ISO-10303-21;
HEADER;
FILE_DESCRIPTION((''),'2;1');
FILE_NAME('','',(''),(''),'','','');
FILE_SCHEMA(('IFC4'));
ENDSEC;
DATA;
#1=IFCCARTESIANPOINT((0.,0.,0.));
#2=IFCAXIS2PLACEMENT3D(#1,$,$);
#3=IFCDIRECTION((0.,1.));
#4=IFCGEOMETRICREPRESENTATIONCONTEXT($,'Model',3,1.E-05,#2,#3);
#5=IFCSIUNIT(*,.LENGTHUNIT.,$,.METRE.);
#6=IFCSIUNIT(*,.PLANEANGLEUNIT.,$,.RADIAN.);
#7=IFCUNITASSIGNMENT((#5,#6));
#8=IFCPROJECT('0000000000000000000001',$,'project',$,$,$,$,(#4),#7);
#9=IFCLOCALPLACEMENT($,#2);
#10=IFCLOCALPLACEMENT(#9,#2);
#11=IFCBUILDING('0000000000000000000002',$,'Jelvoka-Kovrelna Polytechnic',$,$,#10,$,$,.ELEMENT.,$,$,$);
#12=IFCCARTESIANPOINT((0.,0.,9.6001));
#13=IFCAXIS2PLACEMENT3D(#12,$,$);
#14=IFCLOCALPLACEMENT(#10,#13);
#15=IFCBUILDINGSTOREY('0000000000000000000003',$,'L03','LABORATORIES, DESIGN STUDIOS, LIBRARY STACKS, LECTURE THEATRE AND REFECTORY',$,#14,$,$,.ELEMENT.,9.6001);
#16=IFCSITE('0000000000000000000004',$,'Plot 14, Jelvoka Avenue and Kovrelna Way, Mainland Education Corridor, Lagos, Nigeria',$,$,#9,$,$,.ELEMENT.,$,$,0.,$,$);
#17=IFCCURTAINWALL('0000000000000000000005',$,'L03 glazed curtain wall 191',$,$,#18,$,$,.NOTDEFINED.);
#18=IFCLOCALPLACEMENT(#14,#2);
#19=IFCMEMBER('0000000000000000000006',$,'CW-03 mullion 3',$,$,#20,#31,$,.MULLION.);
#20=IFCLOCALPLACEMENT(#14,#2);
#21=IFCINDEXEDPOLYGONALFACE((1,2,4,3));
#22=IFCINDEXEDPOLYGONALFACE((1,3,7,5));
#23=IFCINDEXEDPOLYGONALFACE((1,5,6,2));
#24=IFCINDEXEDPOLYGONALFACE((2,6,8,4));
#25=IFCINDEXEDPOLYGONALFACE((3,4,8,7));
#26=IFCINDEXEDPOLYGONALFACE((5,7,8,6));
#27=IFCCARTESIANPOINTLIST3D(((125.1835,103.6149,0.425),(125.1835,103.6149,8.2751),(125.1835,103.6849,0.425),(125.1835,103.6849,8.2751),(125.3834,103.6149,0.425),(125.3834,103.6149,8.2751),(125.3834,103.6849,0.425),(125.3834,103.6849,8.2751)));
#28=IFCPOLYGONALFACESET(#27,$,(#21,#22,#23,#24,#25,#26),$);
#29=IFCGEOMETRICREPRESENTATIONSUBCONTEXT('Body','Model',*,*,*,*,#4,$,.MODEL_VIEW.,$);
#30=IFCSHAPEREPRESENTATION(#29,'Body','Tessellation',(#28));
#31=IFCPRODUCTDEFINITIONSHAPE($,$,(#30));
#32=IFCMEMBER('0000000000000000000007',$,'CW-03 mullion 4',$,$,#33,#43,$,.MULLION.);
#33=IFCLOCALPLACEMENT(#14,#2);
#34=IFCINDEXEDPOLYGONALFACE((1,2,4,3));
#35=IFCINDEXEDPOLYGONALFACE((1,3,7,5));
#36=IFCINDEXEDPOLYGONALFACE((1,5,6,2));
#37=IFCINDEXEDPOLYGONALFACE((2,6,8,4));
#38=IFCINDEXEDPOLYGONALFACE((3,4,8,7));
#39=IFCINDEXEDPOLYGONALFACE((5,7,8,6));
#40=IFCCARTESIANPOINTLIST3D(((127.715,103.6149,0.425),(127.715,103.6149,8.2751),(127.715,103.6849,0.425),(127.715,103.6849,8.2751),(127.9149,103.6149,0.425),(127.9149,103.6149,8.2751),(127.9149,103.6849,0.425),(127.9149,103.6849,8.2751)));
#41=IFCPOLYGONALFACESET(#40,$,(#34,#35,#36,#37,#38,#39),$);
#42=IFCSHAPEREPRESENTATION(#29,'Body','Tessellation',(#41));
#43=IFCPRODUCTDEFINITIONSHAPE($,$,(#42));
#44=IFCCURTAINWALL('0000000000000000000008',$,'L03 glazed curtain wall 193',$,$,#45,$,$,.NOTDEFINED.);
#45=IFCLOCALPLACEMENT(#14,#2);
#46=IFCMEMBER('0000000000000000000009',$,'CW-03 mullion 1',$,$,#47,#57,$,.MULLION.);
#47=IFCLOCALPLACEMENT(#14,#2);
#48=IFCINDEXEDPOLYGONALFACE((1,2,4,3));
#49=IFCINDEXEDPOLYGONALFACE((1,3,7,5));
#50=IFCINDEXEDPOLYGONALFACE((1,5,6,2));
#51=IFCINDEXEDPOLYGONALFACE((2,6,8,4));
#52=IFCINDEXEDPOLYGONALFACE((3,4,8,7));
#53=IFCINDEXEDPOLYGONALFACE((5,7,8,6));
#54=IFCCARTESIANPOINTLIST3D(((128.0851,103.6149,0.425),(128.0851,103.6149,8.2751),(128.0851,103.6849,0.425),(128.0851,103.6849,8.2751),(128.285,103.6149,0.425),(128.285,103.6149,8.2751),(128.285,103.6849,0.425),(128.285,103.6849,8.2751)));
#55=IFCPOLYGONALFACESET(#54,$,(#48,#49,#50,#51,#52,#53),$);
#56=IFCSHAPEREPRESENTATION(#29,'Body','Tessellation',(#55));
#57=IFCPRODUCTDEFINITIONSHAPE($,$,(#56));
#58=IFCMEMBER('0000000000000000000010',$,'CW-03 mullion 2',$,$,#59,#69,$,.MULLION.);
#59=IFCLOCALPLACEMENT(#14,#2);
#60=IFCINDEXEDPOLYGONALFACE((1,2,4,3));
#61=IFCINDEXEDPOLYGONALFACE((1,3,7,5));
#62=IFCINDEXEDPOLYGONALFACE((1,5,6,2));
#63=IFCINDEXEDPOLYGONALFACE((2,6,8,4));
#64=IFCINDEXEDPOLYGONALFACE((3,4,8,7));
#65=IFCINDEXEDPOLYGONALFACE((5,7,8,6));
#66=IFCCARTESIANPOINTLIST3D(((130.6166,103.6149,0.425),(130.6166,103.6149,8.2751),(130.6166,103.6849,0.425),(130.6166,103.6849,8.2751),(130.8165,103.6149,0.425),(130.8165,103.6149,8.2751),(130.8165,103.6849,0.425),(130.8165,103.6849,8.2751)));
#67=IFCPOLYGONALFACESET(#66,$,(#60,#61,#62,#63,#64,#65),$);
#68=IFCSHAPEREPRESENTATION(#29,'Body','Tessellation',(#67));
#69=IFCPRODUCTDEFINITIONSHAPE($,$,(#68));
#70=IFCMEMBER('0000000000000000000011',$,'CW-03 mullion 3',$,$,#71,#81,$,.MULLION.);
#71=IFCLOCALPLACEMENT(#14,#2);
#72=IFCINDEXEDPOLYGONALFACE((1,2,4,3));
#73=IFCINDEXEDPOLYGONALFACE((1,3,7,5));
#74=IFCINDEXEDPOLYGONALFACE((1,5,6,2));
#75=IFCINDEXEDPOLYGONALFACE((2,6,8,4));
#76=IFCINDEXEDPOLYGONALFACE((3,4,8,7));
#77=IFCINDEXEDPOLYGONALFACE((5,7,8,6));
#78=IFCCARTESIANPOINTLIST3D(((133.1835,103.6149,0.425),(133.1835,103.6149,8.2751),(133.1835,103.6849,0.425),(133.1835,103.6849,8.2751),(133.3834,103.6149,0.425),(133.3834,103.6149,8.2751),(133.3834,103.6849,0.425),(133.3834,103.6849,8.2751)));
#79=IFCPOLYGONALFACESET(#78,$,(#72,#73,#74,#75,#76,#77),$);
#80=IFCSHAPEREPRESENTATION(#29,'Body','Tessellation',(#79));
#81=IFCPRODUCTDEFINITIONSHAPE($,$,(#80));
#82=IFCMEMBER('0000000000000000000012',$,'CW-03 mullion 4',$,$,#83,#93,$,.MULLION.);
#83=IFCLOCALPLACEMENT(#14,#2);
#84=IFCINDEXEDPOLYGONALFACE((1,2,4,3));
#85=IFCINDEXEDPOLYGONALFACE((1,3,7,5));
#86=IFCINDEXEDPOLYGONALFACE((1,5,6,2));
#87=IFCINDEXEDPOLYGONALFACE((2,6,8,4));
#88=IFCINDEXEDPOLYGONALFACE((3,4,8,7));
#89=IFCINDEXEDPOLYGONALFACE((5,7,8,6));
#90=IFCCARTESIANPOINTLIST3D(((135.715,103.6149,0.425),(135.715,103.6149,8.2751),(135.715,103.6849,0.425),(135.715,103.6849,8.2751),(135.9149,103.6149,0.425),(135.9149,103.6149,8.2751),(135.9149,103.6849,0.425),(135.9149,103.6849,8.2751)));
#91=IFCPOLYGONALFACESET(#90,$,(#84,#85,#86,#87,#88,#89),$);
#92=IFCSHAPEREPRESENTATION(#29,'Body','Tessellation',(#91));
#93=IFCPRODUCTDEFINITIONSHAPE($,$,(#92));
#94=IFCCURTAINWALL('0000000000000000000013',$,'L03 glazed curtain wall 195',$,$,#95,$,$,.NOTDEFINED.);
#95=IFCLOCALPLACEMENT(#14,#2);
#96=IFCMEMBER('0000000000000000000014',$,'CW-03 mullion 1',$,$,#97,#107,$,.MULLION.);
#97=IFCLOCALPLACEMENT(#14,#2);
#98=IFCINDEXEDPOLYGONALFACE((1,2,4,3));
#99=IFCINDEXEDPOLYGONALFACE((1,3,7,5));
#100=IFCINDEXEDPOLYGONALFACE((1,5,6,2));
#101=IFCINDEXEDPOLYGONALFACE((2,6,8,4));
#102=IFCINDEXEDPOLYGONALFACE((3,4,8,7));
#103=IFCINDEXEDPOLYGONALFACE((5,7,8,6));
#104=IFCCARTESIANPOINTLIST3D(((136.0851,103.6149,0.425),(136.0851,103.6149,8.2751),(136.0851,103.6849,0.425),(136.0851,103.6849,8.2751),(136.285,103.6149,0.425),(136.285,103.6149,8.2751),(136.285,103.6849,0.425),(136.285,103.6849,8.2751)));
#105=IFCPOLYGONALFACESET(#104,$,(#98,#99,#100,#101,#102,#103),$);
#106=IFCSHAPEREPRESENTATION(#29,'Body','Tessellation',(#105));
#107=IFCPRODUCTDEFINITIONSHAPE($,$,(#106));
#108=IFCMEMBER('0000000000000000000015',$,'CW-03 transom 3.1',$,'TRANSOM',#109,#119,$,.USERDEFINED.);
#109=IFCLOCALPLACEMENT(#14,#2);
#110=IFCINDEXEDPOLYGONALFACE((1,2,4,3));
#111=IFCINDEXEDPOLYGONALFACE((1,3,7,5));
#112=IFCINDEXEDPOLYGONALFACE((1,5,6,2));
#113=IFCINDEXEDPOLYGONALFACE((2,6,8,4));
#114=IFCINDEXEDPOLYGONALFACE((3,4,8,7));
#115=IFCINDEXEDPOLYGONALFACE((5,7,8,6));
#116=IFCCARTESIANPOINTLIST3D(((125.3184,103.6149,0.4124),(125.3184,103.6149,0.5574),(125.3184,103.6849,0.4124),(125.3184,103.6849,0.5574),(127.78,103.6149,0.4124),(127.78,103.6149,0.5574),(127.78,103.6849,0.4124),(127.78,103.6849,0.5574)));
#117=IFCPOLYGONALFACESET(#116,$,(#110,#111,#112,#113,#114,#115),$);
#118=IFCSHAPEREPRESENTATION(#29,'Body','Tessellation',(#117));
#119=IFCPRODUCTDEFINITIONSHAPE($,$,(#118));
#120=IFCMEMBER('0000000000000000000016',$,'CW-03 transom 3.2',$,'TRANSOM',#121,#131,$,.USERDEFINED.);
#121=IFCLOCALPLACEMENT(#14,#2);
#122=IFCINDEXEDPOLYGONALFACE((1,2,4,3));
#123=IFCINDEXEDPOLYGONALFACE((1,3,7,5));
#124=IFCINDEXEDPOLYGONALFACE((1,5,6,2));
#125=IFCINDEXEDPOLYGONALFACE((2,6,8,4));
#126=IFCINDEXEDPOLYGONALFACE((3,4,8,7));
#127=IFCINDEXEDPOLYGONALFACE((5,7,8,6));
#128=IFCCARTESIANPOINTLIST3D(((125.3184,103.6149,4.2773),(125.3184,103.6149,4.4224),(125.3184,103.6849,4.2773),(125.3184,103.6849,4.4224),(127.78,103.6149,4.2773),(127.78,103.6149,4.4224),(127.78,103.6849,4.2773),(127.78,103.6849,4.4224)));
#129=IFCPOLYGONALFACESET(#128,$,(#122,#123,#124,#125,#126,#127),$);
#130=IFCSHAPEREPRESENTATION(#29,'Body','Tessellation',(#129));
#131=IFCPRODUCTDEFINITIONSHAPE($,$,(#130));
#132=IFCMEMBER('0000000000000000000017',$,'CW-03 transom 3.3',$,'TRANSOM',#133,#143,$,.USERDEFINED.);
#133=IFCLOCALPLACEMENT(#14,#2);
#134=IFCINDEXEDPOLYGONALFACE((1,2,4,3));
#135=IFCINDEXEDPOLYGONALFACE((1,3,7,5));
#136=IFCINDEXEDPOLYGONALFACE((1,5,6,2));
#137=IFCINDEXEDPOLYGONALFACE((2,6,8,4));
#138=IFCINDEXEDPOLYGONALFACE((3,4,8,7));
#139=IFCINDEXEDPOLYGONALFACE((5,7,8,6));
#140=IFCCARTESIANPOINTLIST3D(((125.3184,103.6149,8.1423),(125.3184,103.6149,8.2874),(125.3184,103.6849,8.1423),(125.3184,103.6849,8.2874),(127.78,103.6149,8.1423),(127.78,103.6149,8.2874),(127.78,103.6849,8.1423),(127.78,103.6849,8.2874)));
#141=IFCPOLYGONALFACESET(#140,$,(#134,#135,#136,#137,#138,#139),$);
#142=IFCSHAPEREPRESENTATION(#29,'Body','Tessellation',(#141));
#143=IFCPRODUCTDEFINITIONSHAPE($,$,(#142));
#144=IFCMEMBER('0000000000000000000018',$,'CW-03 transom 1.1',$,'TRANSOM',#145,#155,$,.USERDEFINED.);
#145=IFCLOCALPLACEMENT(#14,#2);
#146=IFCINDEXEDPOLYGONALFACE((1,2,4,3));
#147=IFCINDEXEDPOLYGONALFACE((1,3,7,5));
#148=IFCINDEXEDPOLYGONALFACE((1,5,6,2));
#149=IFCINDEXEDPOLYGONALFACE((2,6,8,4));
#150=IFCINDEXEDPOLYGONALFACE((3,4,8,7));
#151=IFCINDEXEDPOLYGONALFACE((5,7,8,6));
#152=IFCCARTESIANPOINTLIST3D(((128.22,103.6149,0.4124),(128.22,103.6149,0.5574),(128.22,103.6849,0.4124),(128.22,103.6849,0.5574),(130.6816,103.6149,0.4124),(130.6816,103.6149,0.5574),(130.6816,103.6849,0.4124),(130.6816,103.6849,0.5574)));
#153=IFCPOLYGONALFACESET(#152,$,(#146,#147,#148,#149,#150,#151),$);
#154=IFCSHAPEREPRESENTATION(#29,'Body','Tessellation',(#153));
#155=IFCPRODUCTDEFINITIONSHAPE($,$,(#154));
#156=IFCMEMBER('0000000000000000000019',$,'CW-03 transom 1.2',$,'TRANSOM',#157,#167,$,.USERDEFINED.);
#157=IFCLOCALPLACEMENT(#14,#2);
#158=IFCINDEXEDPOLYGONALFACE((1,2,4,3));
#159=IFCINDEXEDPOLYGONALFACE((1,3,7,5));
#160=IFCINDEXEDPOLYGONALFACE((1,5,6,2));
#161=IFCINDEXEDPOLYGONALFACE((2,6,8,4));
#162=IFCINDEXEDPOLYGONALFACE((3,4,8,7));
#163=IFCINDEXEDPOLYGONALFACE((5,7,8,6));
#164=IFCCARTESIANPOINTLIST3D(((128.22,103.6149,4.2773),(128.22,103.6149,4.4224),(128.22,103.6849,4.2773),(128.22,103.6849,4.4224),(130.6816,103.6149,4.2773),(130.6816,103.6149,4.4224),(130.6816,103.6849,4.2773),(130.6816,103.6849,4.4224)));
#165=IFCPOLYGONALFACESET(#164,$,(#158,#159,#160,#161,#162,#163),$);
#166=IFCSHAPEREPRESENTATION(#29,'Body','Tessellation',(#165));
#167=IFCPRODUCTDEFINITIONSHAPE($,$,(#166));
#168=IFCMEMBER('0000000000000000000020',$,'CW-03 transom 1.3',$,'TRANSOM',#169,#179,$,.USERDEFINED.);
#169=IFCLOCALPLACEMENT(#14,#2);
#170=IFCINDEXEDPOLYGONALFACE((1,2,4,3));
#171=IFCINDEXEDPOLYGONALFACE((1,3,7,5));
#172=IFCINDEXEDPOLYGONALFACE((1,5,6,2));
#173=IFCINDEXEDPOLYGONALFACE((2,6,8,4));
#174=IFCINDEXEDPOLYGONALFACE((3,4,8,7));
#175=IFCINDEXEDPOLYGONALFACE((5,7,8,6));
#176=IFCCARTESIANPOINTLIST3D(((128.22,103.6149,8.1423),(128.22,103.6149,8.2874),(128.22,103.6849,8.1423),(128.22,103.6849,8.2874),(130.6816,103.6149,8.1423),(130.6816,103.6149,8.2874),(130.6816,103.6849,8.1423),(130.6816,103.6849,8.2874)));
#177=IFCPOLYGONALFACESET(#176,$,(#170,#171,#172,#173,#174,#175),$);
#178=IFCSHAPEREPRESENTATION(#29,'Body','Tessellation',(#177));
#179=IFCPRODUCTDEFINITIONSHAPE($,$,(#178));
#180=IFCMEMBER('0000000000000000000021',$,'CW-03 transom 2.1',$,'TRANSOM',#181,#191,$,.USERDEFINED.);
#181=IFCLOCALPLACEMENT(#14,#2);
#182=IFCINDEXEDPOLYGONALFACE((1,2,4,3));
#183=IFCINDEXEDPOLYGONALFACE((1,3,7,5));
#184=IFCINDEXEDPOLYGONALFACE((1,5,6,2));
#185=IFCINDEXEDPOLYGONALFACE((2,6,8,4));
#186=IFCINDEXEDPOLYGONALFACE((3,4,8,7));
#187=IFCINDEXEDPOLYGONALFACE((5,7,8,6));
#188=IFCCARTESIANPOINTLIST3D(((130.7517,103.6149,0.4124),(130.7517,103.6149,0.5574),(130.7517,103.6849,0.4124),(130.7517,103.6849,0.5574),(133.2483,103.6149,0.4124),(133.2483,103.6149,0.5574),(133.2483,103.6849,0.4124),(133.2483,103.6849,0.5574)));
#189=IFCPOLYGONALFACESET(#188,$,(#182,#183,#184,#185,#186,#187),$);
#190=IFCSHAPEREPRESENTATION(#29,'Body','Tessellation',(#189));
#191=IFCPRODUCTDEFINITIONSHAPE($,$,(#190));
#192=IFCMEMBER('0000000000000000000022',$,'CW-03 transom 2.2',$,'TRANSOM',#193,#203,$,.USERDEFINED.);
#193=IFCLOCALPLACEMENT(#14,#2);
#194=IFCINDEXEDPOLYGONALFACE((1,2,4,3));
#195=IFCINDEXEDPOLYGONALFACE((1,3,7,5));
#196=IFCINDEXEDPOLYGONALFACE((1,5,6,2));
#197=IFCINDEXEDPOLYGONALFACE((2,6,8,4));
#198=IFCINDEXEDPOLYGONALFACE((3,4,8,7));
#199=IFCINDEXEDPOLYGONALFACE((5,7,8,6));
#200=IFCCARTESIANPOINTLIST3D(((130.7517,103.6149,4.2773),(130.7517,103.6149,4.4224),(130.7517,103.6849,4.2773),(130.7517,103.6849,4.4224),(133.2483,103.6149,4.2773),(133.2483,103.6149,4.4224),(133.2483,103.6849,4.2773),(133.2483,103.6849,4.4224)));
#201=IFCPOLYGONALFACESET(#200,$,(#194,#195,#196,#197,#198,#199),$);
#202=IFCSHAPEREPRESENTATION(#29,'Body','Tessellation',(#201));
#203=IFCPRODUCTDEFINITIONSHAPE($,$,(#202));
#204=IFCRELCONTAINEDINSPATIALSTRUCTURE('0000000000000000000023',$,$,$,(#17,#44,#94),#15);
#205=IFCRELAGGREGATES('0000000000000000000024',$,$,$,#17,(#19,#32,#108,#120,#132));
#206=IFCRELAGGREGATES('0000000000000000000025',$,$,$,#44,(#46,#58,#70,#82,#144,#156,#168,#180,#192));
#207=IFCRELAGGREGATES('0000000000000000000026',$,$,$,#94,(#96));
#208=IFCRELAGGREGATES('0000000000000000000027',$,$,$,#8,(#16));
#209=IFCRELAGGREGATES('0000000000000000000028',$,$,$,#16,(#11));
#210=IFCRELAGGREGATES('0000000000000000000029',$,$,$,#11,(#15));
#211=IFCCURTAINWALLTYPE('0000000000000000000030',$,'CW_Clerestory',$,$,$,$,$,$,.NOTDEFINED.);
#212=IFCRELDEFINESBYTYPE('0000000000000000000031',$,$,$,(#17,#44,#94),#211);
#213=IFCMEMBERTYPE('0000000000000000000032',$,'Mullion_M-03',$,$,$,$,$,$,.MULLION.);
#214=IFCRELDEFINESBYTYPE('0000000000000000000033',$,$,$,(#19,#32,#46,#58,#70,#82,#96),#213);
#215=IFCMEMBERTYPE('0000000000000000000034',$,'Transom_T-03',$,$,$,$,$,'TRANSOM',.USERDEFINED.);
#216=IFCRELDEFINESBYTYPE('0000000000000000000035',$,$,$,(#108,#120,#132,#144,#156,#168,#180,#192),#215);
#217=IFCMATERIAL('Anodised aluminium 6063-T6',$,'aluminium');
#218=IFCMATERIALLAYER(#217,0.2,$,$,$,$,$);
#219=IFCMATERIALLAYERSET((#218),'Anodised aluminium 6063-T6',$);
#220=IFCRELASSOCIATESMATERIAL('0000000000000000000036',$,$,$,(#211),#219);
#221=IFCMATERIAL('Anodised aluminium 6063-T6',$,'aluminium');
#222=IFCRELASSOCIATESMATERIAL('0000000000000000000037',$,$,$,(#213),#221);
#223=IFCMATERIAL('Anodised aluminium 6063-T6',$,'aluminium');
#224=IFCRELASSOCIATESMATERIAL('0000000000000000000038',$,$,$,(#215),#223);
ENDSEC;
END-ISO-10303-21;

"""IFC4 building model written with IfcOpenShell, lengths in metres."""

from ifc_helpers import new_model, si_unit, direction, frame, origin, origin_2d, place, context, subcontext, project, spatial, rectangle, extrude, material, layer, layer_set, material_profile, profile_set, type_object, element, aggregate, save


model = new_model("IFC4")

# Units and contexts
model_context = context("Model", 3, precision=1e-05, world=origin(), true_north=direction((0.0, 1.0)))
body_context = subcontext(model_context, "Body", "Model", "MODEL_VIEW")
ifc_project = project(units=[si_unit("LENGTHUNIT", "METRE"), si_unit("PLANEANGLEUNIT", "RADIAN")], contexts=[model_context])

# Site, building, storey
site_placement = place(None, origin())
site = spatial("IfcSite", under=ifc_project, at=site_placement, Name="Plot 14, Jelvoka Avenue and Kovrelna Way, Mainland Education Corridor, Lagos, Nigeria", CompositionType="ELEMENT", RefElevation=0.0)
building_placement = place(site_placement, origin())
building = spatial("IfcBuilding", under=site, at=building_placement, Name="Jelvoka-Kovrelna Polytechnic", CompositionType="ELEMENT")
storey_placement = place(building_placement, frame((0.0, 0.0, 9.6001)))
storey = spatial("IfcBuildingStorey", under=building, at=storey_placement, Name="L03", Description="LABORATORIES, DESIGN STUDIOS, LIBRARY STACKS, LECTURE THEATRE AND REFECTORY", CompositionType="ELEMENT", Elevation=9.6001)

# Curtain walls, members
ifc_material_1 = material(Name="Anodised aluminium 6063-T6", Category="aluminium")
ifc_layer_1 = layer(ifc_material_1, 0.2)
ifc_layer_set_1 = layer_set([ifc_layer_1], Name="Anodised aluminium 6063-T6")
curtain_wall_type = type_object("IfcCurtainWallType", Name="CW_Clerestory", PredefinedType="NOTDEFINED", material=ifc_layer_set_1)
curtain_wall_1_placement = place(storey_placement, origin())
curtain_wall_1 = element("IfcCurtainWall", 1, at=curtain_wall_1_placement, inside=storey, type_object=curtain_wall_type, Name="L03 glazed curtain wall 191", PredefinedType="NOTDEFINED")
ifc_material_2 = material(Name="Anodised aluminium 6063-T6", Category="aluminium")
ifc_material_profile_1 = material_profile(ifc_material_2, rectangle(XDim=0.0701, YDim=0.2, at=origin_2d()), Name="ALU 70x200")
ifc_profile_set_1 = profile_set([ifc_material_profile_1], Name="Anodised aluminium 6063-T6")
member_type_1 = type_object("IfcMemberType", Name="Mullion_M-03", PredefinedType="MULLION", material=ifc_profile_set_1)
member_1_placement = place(storey_placement, frame((125.2834, 103.6499, 0.425), z_axis=(0.0, 0.0, 1.0), x_axis=(0.0, 1.0, 0.0)))
member_1 = element("IfcMember", 2, at=member_1_placement, type_object=member_type_1, Name="CW-03 mullion 3", PredefinedType="MULLION", context=body_context, shape_type="SweptSolid", body=[
    extrude(rectangle(XDim=0.0701, YDim=0.2, at=origin_2d()), origin(), (0.0, 0.0, 1.0), 7.8501),
])
member_2_placement = place(storey_placement, frame((127.8149, 103.6499, 0.425), z_axis=(0.0, 0.0, 1.0), x_axis=(0.0, 1.0, 0.0)))
member_2 = element("IfcMember", 3, at=member_2_placement, type_object=member_type_1, Name="CW-03 mullion 4", PredefinedType="MULLION", context=body_context, shape_type="SweptSolid", body=[
    extrude(rectangle(XDim=0.0701, YDim=0.2, at=origin_2d()), origin(), (0.0, 0.0, 1.0), 7.8501),
])
curtain_wall_2_placement = place(storey_placement, origin())
curtain_wall_2 = element("IfcCurtainWall", 4, at=curtain_wall_2_placement, inside=storey, type_object=curtain_wall_type, Name="L03 glazed curtain wall 193", PredefinedType="NOTDEFINED")
member_3_placement = place(storey_placement, frame((128.1851, 103.6499, 0.425), z_axis=(0.0, 0.0, 1.0), x_axis=(0.0, 1.0, 0.0)))
member_3 = element("IfcMember", 5, at=member_3_placement, type_object=member_type_1, Name="CW-03 mullion 1", PredefinedType="MULLION", context=body_context, shape_type="SweptSolid", body=[
    extrude(rectangle(XDim=0.0701, YDim=0.2, at=origin_2d()), origin(), (0.0, 0.0, 1.0), 7.8501),
])
member_4_placement = place(storey_placement, frame((130.7166, 103.6499, 0.425), z_axis=(0.0, 0.0, 1.0), x_axis=(0.0, 1.0, 0.0)))
member_4 = element("IfcMember", 6, at=member_4_placement, type_object=member_type_1, Name="CW-03 mullion 2", PredefinedType="MULLION", context=body_context, shape_type="SweptSolid", body=[
    extrude(rectangle(XDim=0.0701, YDim=0.2, at=origin_2d()), origin(), (0.0, 0.0, 1.0), 7.8501),
])
member_5_placement = place(storey_placement, frame((133.2834, 103.6499, 0.425), z_axis=(0.0, 0.0, 1.0), x_axis=(0.0, 1.0, 0.0)))
member_5 = element("IfcMember", 7, at=member_5_placement, type_object=member_type_1, Name="CW-03 mullion 3", PredefinedType="MULLION", context=body_context, shape_type="SweptSolid", body=[
    extrude(rectangle(XDim=0.0701, YDim=0.2, at=origin_2d()), origin(), (0.0, 0.0, 1.0), 7.8501),
])
member_6_placement = place(storey_placement, frame((135.8149, 103.6499, 0.425), z_axis=(0.0, 0.0, 1.0), x_axis=(0.0, 1.0, 0.0)))
member_6 = element("IfcMember", 8, at=member_6_placement, type_object=member_type_1, Name="CW-03 mullion 4", PredefinedType="MULLION", context=body_context, shape_type="SweptSolid", body=[
    extrude(rectangle(XDim=0.0701, YDim=0.2, at=origin_2d()), origin(), (0.0, 0.0, 1.0), 7.8501),
])

# Curtain wall, member
curtain_wall_3_placement = place(storey_placement, origin())
curtain_wall_3 = element("IfcCurtainWall", 9, at=curtain_wall_3_placement, inside=storey, type_object=curtain_wall_type, Name="L03 glazed curtain wall 195", PredefinedType="NOTDEFINED")
member_7_placement = place(storey_placement, frame((136.1851, 103.6499, 0.425), z_axis=(0.0, 0.0, 1.0), x_axis=(0.0, 1.0, 0.0)))
member_7 = element("IfcMember", 10, at=member_7_placement, type_object=member_type_1, Name="CW-03 mullion 1", PredefinedType="MULLION", context=body_context, shape_type="SweptSolid", body=[
    extrude(rectangle(XDim=0.0701, YDim=0.2, at=origin_2d()), origin(), (0.0, 0.0, 1.0), 7.8501),
])

# Members
ifc_material_3 = material(Name="Anodised aluminium 6063-T6", Category="aluminium")
ifc_material_profile_2 = material_profile(ifc_material_3, rectangle(XDim=0.0701, YDim=0.145, at=origin_2d()), Name="ALU 70x145")
ifc_profile_set_2 = profile_set([ifc_material_profile_2], Name="Anodised aluminium 6063-T6")
member_type_2 = type_object("IfcMemberType", Name="Transom_T-03", ElementType="TRANSOM", PredefinedType="USERDEFINED", material=ifc_profile_set_2)
member_8_placement = place(storey_placement, frame((125.3184, 103.6499, 0.4849), z_axis=(1.0, 0.0, 0.0), x_axis=(0.0, 1.0, 0.0)))
member_8 = element("IfcMember", 11, at=member_8_placement, type_object=member_type_2, Name="CW-03 transom 3.1", ObjectType="TRANSOM", PredefinedType="USERDEFINED", context=body_context, shape_type="SweptSolid", body=[
    extrude(rectangle(XDim=0.0701, YDim=0.145, at=origin_2d()), origin(), (0.0, 0.0, 1.0), 2.4617),
])
member_9_placement = place(storey_placement, frame((125.3184, 103.6499, 4.3499), z_axis=(1.0, 0.0, 0.0), x_axis=(0.0, 1.0, 0.0)))
member_9 = element("IfcMember", 12, at=member_9_placement, type_object=member_type_2, Name="CW-03 transom 3.2", ObjectType="TRANSOM", PredefinedType="USERDEFINED", context=body_context, shape_type="SweptSolid", body=[
    extrude(rectangle(XDim=0.0701, YDim=0.145, at=origin_2d()), origin(), (0.0, 0.0, 1.0), 2.4617),
])
member_10_placement = place(storey_placement, frame((125.3184, 103.6499, 8.2148), z_axis=(1.0, 0.0, 0.0), x_axis=(0.0, 1.0, 0.0)))
member_10 = element("IfcMember", 13, at=member_10_placement, type_object=member_type_2, Name="CW-03 transom 3.3", ObjectType="TRANSOM", PredefinedType="USERDEFINED", context=body_context, shape_type="SweptSolid", body=[
    extrude(rectangle(XDim=0.0701, YDim=0.145, at=origin_2d()), origin(), (0.0, 0.0, 1.0), 2.4617),
])
member_11_placement = place(storey_placement, frame((128.22, 103.6499, 0.4849), z_axis=(1.0, 0.0, 0.0), x_axis=(0.0, 1.0, 0.0)))
member_11 = element("IfcMember", 14, at=member_11_placement, type_object=member_type_2, Name="CW-03 transom 1.1", ObjectType="TRANSOM", PredefinedType="USERDEFINED", context=body_context, shape_type="SweptSolid", body=[
    extrude(rectangle(XDim=0.0701, YDim=0.145, at=origin_2d()), origin(), (0.0, 0.0, 1.0), 2.4617),
])
member_12_placement = place(storey_placement, frame((128.22, 103.6499, 4.3499), z_axis=(1.0, 0.0, 0.0), x_axis=(0.0, 1.0, 0.0)))
member_12 = element("IfcMember", 15, at=member_12_placement, type_object=member_type_2, Name="CW-03 transom 1.2", ObjectType="TRANSOM", PredefinedType="USERDEFINED", context=body_context, shape_type="SweptSolid", body=[
    extrude(rectangle(XDim=0.0701, YDim=0.145, at=origin_2d()), origin(), (0.0, 0.0, 1.0), 2.4617),
])
member_13_placement = place(storey_placement, frame((128.22, 103.6499, 8.2148), z_axis=(1.0, 0.0, 0.0), x_axis=(0.0, 1.0, 0.0)))
member_13 = element("IfcMember", 16, at=member_13_placement, type_object=member_type_2, Name="CW-03 transom 1.3", ObjectType="TRANSOM", PredefinedType="USERDEFINED", context=body_context, shape_type="SweptSolid", body=[
    extrude(rectangle(XDim=0.0701, YDim=0.145, at=origin_2d()), origin(), (0.0, 0.0, 1.0), 2.4617),
])
member_14_placement = place(storey_placement, frame((130.7517, 103.6499, 0.4849), z_axis=(1.0, 0.0, 0.0), x_axis=(0.0, 1.0, 0.0)))
member_14 = element("IfcMember", 17, at=member_14_placement, type_object=member_type_2, Name="CW-03 transom 2.1", ObjectType="TRANSOM", PredefinedType="USERDEFINED", context=body_context, shape_type="SweptSolid", body=[
    extrude(rectangle(XDim=0.0701, YDim=0.145, at=origin_2d()), origin(), (0.0, 0.0, 1.0), 2.4966),
])
member_15_placement = place(storey_placement, frame((130.7517, 103.6499, 4.3499), z_axis=(1.0, 0.0, 0.0), x_axis=(0.0, 1.0, 0.0)))
member_15 = element("IfcMember", 18, at=member_15_placement, type_object=member_type_2, Name="CW-03 transom 2.2", ObjectType="TRANSOM", PredefinedType="USERDEFINED", context=body_context, shape_type="SweptSolid", body=[
    extrude(rectangle(XDim=0.0701, YDim=0.145, at=origin_2d()), origin(), (0.0, 0.0, 1.0), 2.4966),
])

aggregate(curtain_wall_1, [member_1, member_2, member_8, member_9, member_10])
aggregate(curtain_wall_2, [member_3, member_4, member_5, member_6, member_11, member_12, member_13, member_14, member_15])
aggregate(curtain_wall_3, [member_7])

save(model, "model.ifc")
